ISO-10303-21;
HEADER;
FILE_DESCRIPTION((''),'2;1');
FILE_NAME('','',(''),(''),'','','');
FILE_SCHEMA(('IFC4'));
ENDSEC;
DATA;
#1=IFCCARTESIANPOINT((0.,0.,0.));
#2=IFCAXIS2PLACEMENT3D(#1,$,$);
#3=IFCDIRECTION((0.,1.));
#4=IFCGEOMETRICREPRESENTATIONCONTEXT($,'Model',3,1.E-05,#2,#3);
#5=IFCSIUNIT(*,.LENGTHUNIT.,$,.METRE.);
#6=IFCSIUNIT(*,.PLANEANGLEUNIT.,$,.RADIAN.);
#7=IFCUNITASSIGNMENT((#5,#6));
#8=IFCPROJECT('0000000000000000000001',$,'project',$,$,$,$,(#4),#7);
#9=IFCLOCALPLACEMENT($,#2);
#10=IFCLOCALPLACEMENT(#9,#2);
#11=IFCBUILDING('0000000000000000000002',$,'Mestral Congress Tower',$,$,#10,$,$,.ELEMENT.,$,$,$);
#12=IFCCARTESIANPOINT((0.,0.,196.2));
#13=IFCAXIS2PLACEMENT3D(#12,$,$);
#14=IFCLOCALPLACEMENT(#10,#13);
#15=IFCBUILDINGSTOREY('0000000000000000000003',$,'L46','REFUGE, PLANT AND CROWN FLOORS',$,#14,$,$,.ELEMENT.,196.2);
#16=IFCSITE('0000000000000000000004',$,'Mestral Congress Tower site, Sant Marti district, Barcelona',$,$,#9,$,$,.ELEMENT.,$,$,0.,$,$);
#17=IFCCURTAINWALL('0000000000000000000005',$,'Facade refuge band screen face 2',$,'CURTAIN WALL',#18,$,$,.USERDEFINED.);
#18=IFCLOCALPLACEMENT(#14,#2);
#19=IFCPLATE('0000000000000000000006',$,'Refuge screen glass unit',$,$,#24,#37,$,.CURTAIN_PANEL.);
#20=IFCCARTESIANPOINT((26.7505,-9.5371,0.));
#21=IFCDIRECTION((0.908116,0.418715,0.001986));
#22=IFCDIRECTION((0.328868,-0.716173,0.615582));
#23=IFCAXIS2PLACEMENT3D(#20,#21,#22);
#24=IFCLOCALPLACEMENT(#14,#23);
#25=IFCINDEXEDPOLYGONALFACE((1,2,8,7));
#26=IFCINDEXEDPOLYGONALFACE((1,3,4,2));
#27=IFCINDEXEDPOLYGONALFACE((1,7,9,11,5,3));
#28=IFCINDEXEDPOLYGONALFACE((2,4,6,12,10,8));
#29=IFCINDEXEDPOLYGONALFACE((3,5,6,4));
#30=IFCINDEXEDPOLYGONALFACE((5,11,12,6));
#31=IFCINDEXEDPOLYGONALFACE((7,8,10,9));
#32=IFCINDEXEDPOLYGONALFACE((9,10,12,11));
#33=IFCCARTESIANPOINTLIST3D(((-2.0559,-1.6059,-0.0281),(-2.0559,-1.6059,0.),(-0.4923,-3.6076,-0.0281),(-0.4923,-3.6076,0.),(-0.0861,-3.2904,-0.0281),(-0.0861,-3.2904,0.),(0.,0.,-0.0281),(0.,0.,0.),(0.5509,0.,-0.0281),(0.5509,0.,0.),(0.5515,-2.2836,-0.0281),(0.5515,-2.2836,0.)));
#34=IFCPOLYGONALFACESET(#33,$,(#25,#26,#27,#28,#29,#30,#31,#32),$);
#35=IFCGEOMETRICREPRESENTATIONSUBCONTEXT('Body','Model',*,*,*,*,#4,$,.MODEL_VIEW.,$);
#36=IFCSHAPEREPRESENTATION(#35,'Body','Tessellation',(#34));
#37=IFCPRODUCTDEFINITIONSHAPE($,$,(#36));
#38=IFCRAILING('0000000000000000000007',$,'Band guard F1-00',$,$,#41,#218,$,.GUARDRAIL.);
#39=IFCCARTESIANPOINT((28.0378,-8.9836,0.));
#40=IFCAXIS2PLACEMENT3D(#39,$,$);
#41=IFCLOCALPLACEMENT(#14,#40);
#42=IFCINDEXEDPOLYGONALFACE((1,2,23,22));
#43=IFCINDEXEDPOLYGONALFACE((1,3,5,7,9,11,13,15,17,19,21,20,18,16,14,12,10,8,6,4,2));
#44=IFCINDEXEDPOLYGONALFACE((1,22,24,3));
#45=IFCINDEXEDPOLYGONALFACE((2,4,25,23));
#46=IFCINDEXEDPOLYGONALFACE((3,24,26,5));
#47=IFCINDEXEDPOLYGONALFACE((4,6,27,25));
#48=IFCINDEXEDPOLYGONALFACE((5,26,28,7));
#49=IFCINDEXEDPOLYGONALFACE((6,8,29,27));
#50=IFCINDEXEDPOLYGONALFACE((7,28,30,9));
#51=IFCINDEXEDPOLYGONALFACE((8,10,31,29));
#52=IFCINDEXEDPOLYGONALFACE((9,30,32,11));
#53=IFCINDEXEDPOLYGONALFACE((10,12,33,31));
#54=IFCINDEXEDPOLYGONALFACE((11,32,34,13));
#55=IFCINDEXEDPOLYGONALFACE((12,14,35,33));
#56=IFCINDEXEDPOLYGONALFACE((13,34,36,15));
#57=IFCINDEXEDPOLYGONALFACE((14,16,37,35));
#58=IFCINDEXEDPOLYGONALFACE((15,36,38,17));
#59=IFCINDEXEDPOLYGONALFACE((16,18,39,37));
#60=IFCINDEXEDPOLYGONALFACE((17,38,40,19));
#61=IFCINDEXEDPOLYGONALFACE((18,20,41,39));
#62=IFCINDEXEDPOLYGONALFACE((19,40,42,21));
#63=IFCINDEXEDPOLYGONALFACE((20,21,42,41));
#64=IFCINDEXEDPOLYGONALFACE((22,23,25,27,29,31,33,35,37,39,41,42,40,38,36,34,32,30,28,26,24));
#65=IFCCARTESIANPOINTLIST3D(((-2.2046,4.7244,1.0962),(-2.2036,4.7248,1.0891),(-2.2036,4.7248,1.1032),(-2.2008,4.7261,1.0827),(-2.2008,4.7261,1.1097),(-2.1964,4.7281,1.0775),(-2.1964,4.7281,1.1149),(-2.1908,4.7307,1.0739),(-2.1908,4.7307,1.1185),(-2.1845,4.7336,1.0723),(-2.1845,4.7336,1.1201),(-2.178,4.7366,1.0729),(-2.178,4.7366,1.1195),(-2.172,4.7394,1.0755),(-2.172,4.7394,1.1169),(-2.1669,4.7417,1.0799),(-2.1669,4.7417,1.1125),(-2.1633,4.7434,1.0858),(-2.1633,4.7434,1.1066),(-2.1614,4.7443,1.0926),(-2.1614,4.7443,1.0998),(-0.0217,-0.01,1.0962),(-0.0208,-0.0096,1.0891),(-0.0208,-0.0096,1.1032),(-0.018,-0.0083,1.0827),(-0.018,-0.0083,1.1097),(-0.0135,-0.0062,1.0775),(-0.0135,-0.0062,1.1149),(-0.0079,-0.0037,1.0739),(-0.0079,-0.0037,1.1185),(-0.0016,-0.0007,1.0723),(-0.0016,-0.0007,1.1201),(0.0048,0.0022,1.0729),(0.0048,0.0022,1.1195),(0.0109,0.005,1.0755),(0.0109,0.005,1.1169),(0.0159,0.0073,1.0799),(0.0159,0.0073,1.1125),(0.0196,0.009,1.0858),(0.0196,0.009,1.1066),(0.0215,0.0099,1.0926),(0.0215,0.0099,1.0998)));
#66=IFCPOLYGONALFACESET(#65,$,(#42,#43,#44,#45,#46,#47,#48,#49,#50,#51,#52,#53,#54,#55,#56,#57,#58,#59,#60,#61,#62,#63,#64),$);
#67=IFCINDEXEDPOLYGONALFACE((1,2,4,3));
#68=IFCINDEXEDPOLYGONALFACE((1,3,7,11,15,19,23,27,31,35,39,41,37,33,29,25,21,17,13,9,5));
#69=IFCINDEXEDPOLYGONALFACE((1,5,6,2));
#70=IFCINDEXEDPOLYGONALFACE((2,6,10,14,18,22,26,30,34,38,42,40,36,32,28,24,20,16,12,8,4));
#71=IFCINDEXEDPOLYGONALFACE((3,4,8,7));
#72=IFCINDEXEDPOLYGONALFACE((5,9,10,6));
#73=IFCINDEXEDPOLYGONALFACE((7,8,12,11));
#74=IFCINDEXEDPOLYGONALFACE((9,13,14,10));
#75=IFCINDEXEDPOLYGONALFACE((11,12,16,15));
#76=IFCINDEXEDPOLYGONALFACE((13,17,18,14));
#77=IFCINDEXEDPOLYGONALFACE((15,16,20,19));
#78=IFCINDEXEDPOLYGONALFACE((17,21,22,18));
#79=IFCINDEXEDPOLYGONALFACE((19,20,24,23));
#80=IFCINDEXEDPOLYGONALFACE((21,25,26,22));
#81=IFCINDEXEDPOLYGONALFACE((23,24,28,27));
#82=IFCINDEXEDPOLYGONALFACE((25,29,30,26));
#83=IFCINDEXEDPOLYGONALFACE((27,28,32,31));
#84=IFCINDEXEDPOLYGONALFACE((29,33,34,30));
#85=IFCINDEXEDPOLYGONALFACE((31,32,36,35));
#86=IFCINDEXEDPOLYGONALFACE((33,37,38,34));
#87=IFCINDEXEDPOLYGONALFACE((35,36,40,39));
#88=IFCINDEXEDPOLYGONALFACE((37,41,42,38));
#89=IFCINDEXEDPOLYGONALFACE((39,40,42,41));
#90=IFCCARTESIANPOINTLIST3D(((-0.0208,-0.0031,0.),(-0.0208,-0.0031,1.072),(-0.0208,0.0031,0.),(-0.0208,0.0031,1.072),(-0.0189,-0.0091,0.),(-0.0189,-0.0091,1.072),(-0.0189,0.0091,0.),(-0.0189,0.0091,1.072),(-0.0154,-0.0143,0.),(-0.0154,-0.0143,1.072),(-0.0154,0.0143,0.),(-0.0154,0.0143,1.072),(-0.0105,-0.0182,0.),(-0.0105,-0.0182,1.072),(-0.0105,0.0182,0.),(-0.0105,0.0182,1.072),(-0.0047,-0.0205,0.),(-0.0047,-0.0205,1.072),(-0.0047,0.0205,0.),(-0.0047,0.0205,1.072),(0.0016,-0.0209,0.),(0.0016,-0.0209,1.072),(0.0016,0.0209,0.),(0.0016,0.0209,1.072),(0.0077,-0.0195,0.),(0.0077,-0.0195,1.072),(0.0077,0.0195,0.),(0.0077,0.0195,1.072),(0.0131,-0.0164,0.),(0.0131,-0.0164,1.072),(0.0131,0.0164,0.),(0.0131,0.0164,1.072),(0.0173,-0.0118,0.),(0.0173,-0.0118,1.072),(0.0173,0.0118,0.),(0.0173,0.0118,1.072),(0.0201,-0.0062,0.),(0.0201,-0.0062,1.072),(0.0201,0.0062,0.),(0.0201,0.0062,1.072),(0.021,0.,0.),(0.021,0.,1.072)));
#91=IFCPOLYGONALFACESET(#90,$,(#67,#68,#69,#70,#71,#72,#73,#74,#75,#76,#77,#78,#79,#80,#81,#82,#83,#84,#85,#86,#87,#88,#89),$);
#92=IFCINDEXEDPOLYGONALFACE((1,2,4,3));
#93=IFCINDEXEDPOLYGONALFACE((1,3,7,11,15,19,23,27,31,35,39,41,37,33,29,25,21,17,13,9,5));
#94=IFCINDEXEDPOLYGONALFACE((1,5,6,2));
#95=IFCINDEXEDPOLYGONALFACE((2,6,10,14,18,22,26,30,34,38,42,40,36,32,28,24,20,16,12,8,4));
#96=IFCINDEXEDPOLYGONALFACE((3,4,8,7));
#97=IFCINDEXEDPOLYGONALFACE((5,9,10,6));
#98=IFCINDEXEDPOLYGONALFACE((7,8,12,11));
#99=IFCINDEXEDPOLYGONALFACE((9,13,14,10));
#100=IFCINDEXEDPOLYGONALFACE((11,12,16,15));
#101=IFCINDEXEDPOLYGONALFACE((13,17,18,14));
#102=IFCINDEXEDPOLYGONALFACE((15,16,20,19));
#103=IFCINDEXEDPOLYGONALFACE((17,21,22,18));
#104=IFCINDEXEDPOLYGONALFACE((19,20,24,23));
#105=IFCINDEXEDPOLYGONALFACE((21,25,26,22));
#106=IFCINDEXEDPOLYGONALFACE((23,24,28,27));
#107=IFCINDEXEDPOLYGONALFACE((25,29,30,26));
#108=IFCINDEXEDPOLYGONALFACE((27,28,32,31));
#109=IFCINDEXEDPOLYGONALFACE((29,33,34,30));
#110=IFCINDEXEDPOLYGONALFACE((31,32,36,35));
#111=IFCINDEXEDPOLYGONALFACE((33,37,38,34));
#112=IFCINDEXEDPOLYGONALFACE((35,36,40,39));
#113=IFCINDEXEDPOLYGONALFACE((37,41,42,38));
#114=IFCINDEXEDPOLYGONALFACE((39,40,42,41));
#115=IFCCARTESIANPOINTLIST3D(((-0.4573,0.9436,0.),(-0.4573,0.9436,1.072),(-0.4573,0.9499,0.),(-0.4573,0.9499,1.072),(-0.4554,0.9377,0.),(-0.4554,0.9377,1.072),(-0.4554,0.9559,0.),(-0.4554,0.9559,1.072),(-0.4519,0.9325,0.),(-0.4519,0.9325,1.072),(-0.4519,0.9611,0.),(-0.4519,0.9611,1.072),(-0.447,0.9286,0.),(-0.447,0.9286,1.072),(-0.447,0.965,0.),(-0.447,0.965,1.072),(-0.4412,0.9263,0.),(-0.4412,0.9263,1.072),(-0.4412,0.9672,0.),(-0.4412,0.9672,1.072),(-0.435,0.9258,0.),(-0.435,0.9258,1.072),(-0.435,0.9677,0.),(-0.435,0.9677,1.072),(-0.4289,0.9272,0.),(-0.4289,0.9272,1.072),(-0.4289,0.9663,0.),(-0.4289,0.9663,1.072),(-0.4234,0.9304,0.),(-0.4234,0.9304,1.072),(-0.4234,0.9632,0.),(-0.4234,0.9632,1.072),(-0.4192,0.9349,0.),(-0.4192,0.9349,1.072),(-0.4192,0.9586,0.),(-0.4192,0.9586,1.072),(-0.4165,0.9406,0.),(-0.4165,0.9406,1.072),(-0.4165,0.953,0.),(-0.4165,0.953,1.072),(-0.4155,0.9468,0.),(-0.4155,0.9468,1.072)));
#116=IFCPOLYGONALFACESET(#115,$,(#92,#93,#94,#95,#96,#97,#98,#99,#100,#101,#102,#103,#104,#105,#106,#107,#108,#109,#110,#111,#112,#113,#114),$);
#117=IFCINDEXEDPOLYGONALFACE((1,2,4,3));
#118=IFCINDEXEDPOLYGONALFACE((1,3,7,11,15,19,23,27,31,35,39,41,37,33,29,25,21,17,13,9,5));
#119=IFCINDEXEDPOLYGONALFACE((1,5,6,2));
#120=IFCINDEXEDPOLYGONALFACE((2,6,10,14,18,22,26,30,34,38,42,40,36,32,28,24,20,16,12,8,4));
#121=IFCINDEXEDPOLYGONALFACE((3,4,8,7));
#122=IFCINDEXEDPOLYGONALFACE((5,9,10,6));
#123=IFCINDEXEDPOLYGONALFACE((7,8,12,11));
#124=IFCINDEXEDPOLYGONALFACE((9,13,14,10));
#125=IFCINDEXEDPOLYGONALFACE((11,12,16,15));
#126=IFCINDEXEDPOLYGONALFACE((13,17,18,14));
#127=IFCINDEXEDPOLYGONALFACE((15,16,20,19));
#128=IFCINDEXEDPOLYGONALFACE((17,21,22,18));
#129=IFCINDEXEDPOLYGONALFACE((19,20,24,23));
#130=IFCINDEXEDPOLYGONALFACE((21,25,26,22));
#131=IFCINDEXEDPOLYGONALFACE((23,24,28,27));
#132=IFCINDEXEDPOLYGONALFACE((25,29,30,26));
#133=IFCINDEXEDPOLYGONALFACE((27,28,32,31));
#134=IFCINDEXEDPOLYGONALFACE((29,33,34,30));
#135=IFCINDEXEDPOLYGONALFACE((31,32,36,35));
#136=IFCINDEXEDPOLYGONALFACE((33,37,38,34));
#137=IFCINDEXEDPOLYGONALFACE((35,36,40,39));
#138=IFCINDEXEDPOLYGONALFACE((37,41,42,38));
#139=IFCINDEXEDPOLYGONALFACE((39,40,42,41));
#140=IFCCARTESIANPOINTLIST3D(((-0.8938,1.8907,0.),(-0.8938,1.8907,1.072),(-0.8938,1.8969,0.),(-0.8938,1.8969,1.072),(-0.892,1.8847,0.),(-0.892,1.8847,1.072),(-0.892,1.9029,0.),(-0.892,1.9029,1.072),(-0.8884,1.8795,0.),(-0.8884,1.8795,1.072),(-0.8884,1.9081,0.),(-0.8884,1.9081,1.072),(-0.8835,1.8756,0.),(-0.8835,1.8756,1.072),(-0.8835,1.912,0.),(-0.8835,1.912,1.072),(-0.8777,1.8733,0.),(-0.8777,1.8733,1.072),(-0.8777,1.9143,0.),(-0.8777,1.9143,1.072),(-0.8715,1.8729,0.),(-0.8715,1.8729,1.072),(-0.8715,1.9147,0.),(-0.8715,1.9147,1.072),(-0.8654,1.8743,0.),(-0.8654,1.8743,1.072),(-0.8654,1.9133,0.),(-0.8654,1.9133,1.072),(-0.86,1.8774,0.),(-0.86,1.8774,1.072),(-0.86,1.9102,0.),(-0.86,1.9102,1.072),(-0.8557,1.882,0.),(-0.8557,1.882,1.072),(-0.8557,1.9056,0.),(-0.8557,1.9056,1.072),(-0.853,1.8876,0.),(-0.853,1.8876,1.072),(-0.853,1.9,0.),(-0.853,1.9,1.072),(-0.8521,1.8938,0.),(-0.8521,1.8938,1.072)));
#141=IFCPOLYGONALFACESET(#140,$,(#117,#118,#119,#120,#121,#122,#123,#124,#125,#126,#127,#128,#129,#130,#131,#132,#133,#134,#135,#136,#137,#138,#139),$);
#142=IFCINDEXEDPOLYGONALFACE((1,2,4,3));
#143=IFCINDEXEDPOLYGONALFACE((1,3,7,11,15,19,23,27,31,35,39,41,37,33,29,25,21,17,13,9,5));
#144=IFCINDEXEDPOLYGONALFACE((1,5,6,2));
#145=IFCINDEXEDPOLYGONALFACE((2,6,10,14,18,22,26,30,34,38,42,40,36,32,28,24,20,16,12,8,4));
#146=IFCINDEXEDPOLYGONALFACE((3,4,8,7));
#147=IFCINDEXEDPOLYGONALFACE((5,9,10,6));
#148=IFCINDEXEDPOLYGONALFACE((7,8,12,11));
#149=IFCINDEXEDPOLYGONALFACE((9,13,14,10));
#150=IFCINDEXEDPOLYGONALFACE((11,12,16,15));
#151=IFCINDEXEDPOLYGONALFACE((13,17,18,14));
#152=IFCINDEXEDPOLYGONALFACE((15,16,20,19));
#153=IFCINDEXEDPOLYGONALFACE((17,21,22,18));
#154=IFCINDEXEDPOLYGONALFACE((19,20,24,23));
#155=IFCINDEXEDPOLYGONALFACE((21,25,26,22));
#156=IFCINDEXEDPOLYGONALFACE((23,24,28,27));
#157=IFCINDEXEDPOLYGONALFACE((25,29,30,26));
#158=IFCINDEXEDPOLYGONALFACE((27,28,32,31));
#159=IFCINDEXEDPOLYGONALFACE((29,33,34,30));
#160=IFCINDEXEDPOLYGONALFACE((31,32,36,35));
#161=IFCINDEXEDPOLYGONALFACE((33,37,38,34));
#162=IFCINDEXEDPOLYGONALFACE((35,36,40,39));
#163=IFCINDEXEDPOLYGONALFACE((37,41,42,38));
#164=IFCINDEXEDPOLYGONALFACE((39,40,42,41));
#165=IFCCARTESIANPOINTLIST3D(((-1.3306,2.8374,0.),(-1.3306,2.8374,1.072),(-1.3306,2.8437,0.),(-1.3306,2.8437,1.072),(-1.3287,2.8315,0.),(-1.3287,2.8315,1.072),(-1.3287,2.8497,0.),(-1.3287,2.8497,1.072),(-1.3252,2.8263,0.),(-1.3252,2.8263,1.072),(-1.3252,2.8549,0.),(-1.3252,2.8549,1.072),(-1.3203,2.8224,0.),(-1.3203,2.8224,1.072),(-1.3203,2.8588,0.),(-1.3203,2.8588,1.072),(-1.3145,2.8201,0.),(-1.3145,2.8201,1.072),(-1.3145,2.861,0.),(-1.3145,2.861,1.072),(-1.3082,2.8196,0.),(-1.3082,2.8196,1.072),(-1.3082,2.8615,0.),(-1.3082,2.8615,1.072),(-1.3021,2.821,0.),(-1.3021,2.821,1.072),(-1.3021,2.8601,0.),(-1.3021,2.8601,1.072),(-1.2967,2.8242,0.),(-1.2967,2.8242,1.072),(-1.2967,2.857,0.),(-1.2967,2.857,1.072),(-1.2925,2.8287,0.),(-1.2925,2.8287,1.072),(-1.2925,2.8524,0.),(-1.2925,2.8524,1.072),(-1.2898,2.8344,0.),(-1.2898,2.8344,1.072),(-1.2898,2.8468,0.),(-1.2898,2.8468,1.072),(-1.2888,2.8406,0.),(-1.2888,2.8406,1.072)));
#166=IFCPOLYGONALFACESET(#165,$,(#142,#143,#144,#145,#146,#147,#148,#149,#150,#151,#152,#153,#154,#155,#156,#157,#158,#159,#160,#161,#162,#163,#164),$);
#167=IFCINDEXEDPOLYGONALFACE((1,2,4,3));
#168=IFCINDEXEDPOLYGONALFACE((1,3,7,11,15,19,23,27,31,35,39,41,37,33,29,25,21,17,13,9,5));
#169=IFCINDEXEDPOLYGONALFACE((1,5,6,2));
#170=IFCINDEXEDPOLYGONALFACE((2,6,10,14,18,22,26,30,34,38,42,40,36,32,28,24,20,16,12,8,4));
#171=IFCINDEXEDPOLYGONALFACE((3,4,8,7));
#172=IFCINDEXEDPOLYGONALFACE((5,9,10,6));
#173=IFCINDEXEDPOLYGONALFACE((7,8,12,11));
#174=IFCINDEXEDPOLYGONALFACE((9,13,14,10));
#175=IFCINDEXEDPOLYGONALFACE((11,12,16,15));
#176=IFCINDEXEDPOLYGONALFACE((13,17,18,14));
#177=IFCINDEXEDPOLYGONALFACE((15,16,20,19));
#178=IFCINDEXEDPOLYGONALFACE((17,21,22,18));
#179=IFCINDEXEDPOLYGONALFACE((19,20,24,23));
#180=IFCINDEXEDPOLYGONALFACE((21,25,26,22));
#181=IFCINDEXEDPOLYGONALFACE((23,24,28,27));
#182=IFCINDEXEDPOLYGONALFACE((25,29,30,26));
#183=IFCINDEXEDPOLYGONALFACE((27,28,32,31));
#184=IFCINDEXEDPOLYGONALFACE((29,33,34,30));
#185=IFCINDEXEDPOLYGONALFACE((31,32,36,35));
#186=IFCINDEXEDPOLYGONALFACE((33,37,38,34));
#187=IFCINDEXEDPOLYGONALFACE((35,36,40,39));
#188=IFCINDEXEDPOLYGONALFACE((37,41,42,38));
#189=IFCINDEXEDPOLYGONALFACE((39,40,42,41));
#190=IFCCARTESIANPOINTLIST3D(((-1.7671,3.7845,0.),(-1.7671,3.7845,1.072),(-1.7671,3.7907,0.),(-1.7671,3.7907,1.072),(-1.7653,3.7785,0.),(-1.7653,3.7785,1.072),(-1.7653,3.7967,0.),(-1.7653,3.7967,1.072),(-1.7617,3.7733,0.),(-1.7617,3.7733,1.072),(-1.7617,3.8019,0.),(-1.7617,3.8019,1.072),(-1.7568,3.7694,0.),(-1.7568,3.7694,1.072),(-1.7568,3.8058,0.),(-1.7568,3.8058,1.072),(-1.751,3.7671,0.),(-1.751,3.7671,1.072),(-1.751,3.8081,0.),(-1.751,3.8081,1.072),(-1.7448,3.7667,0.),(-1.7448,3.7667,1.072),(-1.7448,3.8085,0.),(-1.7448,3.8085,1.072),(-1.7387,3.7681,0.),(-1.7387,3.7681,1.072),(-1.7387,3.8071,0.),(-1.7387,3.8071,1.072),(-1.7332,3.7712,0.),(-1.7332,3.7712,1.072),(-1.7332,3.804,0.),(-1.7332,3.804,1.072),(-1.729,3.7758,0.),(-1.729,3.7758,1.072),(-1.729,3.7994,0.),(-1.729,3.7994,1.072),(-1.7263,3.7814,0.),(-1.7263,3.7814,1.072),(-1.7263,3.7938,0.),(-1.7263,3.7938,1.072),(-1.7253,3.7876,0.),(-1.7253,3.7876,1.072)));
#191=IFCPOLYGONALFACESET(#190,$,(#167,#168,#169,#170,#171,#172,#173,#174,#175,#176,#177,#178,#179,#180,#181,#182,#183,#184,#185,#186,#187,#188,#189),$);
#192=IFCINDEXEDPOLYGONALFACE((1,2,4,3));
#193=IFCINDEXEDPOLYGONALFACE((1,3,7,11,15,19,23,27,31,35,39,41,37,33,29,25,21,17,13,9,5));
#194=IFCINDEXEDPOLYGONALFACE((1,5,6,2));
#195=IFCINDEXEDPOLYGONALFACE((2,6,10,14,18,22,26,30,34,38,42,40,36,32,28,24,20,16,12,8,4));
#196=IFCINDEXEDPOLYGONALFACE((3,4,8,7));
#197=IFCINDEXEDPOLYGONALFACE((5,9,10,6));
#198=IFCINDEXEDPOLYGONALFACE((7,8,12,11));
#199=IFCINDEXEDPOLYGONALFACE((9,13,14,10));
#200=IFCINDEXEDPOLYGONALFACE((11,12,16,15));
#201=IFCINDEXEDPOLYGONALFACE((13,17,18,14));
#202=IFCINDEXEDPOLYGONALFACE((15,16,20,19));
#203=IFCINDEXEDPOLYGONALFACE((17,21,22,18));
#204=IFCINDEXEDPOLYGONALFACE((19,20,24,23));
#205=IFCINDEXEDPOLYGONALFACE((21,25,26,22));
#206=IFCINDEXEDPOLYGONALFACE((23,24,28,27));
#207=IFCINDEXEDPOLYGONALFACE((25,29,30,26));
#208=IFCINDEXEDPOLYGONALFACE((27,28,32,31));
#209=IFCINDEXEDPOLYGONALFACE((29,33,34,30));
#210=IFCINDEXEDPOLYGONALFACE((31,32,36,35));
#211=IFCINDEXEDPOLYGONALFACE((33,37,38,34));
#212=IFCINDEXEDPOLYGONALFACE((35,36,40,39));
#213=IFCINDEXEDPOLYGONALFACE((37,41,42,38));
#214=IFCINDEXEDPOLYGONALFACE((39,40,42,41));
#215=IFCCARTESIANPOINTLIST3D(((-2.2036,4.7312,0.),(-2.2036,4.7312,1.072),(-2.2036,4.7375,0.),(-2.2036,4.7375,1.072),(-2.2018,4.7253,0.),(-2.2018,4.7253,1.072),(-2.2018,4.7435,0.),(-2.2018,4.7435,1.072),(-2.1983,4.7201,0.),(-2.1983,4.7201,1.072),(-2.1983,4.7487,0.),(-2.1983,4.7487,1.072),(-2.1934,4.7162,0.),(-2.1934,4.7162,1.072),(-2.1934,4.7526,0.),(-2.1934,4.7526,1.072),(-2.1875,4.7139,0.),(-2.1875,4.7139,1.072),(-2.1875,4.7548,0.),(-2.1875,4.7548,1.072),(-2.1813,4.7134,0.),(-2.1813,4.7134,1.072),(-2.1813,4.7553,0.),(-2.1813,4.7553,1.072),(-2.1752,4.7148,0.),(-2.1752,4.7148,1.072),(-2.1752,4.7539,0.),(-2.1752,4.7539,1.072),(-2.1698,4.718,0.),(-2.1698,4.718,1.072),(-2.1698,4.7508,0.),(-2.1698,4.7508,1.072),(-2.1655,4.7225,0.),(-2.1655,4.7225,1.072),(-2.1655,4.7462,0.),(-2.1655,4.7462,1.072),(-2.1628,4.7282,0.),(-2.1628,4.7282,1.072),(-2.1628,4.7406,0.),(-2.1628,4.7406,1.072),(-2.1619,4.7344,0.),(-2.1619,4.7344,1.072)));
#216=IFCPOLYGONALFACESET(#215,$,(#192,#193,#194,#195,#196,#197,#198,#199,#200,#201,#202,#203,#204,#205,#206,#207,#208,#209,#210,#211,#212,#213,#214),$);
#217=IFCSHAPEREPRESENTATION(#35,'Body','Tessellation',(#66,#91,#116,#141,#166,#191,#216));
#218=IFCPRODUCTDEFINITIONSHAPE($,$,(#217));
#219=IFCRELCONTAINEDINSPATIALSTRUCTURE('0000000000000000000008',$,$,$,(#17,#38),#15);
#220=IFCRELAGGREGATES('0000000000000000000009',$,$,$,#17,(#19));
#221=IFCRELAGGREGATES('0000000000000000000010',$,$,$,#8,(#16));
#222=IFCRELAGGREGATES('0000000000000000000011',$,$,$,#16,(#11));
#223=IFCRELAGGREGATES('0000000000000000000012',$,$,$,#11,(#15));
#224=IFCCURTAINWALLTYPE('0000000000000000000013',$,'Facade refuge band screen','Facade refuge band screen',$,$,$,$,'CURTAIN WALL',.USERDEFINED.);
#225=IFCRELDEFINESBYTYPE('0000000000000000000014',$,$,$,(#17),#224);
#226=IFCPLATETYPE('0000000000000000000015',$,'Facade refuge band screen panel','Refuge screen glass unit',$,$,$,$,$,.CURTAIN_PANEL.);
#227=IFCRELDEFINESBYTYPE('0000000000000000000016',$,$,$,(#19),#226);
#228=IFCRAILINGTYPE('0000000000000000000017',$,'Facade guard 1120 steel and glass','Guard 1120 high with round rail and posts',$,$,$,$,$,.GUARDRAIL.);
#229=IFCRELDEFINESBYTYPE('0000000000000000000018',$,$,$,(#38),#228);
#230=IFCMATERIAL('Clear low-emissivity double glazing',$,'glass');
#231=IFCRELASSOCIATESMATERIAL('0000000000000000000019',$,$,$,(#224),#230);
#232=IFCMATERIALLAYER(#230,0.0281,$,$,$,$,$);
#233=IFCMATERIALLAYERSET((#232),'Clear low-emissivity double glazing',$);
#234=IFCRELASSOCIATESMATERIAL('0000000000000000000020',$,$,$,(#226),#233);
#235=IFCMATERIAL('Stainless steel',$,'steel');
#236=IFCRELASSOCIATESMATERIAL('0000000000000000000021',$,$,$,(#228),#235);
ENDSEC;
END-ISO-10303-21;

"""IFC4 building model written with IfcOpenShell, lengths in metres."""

from ifc_helpers import new_model, si_unit, direction, frame, origin, origin_2d, place, context, subcontext, project, spatial, polyline, circle, outline, extrude, material, layer, layer_set, type_object, element, aggregate, save


model = new_model("IFC4")

# Units and contexts
model_context = context("Model", 3, precision=1e-05, world=origin(), true_north=direction((0.0, 1.0)))
body_context = subcontext(model_context, "Body", "Model", "MODEL_VIEW")
ifc_project = project(units=[si_unit("LENGTHUNIT", "METRE"), si_unit("PLANEANGLEUNIT", "RADIAN")], contexts=[model_context])

# Site, building, storey
site_placement = place(None, origin())
site = spatial("IfcSite", under=ifc_project, at=site_placement, Name="Mestral Congress Tower site, Sant Marti district, Barcelona", CompositionType="ELEMENT", RefElevation=0.0)
building_placement = place(site_placement, origin())
building = spatial("IfcBuilding", under=site, at=building_placement, Name="Mestral Congress Tower", CompositionType="ELEMENT")
storey_placement = place(building_placement, frame((0.0, 0.0, 196.2)))
storey = spatial("IfcBuildingStorey", under=building, at=storey_placement, Name="L46", Description="REFUGE, PLANT AND CROWN FLOORS", CompositionType="ELEMENT", Elevation=196.2)

# Curtain wall
ifc_material_1 = material(Name="Clear low-emissivity double glazing", Category="glass")
curtain_wall_type = type_object("IfcCurtainWallType", Name="Facade refuge band screen", Description="Facade refuge band screen", ElementType="CURTAIN WALL", PredefinedType="USERDEFINED", material=ifc_material_1)
curtain_wall_placement = place(storey_placement, origin())
curtain_wall = element("IfcCurtainWall", 1, at=curtain_wall_placement, inside=storey, type_object=curtain_wall_type, Name="Facade refuge band screen face 2", ObjectType="CURTAIN WALL", PredefinedType="USERDEFINED")

# Plate
ifc_layer_1 = layer(ifc_material_1, 0.0281)
ifc_layer_set_1 = layer_set([ifc_layer_1], Name="Clear low-emissivity double glazing")
plate_type_1 = type_object("IfcPlateType", Name="Facade refuge band screen panel", Description="Refuge screen glass unit", PredefinedType="CURTAIN_PANEL", material=ifc_layer_set_1)
plate_1_placement = place(storey_placement, frame((26.7505, -9.5371, 0.0), z_axis=(0.908116, 0.418715, 0.001986), x_axis=(0.328868, -0.716173, 0.615582)))
plate_1 = element("IfcPlate", 2, at=plate_1_placement, type_object=plate_type_1, Name="Refuge screen glass unit", PredefinedType="CURTAIN_PANEL", context=body_context, shape_type="SweptSolid", body=[
    extrude(outline(polyline([(0.0, 0.0), (0.5509, 0.0), (0.5515, -2.2836), (-0.0861, -3.2904), (-0.4923, -3.6076), (-2.0559, -1.6059), (0.0, 0.0)])), origin(), (0.0, 0.0, -1.0), 0.0281),
])

# Railing
ifc_material_2 = material(Name="Stainless steel", Category="steel")
railing_type = type_object("IfcRailingType", Name="Facade guard 1120 steel and glass", Description="Guard 1120 high with round rail and posts", PredefinedType="GUARDRAIL", material=ifc_material_2)
railing_1_placement = place(storey_placement, frame((28.0378, -8.9836, 0.0)))
element("IfcRailing", 3, at=railing_1_placement, inside=storey, type_object=railing_type, Name="Band guard F1-00", PredefinedType="GUARDRAIL", context=body_context, shape_type="SweptSolid", body=[
    extrude(circle(Radius=0.0239, at=origin_2d()), frame((0.0, 0.0, 1.0962), z_axis=(-0.418705, 0.908122, 0.0), x_axis=(-0.908122, -0.418705, 0.0)), (0.0, 0.0, 1.0), 5.2134),
    extrude(circle(Radius=0.021, at=origin_2d()), origin(), (0.0, 0.0, 1.0), 1.072),
    extrude(circle(Radius=0.021, at=origin_2d()), frame((-0.4365, 0.9468, 0.0)), (0.0, 0.0, 1.0), 1.072),
    extrude(circle(Radius=0.021, at=origin_2d()), frame((-0.873, 1.8938, 0.0)), (0.0, 0.0, 1.0), 1.072),
    extrude(circle(Radius=0.021, at=origin_2d()), frame((-1.3098, 2.8406, 0.0)), (0.0, 0.0, 1.0), 1.072),
    extrude(circle(Radius=0.021, at=origin_2d()), frame((-1.7463, 3.7876, 0.0)), (0.0, 0.0, 1.0), 1.072),
    extrude(circle(Radius=0.021, at=origin_2d()), frame((-2.1829, 4.7344, 0.0)), (0.0, 0.0, 1.0), 1.072),
])

aggregate(curtain_wall, [plate_1])

save(model, "model.ifc")
